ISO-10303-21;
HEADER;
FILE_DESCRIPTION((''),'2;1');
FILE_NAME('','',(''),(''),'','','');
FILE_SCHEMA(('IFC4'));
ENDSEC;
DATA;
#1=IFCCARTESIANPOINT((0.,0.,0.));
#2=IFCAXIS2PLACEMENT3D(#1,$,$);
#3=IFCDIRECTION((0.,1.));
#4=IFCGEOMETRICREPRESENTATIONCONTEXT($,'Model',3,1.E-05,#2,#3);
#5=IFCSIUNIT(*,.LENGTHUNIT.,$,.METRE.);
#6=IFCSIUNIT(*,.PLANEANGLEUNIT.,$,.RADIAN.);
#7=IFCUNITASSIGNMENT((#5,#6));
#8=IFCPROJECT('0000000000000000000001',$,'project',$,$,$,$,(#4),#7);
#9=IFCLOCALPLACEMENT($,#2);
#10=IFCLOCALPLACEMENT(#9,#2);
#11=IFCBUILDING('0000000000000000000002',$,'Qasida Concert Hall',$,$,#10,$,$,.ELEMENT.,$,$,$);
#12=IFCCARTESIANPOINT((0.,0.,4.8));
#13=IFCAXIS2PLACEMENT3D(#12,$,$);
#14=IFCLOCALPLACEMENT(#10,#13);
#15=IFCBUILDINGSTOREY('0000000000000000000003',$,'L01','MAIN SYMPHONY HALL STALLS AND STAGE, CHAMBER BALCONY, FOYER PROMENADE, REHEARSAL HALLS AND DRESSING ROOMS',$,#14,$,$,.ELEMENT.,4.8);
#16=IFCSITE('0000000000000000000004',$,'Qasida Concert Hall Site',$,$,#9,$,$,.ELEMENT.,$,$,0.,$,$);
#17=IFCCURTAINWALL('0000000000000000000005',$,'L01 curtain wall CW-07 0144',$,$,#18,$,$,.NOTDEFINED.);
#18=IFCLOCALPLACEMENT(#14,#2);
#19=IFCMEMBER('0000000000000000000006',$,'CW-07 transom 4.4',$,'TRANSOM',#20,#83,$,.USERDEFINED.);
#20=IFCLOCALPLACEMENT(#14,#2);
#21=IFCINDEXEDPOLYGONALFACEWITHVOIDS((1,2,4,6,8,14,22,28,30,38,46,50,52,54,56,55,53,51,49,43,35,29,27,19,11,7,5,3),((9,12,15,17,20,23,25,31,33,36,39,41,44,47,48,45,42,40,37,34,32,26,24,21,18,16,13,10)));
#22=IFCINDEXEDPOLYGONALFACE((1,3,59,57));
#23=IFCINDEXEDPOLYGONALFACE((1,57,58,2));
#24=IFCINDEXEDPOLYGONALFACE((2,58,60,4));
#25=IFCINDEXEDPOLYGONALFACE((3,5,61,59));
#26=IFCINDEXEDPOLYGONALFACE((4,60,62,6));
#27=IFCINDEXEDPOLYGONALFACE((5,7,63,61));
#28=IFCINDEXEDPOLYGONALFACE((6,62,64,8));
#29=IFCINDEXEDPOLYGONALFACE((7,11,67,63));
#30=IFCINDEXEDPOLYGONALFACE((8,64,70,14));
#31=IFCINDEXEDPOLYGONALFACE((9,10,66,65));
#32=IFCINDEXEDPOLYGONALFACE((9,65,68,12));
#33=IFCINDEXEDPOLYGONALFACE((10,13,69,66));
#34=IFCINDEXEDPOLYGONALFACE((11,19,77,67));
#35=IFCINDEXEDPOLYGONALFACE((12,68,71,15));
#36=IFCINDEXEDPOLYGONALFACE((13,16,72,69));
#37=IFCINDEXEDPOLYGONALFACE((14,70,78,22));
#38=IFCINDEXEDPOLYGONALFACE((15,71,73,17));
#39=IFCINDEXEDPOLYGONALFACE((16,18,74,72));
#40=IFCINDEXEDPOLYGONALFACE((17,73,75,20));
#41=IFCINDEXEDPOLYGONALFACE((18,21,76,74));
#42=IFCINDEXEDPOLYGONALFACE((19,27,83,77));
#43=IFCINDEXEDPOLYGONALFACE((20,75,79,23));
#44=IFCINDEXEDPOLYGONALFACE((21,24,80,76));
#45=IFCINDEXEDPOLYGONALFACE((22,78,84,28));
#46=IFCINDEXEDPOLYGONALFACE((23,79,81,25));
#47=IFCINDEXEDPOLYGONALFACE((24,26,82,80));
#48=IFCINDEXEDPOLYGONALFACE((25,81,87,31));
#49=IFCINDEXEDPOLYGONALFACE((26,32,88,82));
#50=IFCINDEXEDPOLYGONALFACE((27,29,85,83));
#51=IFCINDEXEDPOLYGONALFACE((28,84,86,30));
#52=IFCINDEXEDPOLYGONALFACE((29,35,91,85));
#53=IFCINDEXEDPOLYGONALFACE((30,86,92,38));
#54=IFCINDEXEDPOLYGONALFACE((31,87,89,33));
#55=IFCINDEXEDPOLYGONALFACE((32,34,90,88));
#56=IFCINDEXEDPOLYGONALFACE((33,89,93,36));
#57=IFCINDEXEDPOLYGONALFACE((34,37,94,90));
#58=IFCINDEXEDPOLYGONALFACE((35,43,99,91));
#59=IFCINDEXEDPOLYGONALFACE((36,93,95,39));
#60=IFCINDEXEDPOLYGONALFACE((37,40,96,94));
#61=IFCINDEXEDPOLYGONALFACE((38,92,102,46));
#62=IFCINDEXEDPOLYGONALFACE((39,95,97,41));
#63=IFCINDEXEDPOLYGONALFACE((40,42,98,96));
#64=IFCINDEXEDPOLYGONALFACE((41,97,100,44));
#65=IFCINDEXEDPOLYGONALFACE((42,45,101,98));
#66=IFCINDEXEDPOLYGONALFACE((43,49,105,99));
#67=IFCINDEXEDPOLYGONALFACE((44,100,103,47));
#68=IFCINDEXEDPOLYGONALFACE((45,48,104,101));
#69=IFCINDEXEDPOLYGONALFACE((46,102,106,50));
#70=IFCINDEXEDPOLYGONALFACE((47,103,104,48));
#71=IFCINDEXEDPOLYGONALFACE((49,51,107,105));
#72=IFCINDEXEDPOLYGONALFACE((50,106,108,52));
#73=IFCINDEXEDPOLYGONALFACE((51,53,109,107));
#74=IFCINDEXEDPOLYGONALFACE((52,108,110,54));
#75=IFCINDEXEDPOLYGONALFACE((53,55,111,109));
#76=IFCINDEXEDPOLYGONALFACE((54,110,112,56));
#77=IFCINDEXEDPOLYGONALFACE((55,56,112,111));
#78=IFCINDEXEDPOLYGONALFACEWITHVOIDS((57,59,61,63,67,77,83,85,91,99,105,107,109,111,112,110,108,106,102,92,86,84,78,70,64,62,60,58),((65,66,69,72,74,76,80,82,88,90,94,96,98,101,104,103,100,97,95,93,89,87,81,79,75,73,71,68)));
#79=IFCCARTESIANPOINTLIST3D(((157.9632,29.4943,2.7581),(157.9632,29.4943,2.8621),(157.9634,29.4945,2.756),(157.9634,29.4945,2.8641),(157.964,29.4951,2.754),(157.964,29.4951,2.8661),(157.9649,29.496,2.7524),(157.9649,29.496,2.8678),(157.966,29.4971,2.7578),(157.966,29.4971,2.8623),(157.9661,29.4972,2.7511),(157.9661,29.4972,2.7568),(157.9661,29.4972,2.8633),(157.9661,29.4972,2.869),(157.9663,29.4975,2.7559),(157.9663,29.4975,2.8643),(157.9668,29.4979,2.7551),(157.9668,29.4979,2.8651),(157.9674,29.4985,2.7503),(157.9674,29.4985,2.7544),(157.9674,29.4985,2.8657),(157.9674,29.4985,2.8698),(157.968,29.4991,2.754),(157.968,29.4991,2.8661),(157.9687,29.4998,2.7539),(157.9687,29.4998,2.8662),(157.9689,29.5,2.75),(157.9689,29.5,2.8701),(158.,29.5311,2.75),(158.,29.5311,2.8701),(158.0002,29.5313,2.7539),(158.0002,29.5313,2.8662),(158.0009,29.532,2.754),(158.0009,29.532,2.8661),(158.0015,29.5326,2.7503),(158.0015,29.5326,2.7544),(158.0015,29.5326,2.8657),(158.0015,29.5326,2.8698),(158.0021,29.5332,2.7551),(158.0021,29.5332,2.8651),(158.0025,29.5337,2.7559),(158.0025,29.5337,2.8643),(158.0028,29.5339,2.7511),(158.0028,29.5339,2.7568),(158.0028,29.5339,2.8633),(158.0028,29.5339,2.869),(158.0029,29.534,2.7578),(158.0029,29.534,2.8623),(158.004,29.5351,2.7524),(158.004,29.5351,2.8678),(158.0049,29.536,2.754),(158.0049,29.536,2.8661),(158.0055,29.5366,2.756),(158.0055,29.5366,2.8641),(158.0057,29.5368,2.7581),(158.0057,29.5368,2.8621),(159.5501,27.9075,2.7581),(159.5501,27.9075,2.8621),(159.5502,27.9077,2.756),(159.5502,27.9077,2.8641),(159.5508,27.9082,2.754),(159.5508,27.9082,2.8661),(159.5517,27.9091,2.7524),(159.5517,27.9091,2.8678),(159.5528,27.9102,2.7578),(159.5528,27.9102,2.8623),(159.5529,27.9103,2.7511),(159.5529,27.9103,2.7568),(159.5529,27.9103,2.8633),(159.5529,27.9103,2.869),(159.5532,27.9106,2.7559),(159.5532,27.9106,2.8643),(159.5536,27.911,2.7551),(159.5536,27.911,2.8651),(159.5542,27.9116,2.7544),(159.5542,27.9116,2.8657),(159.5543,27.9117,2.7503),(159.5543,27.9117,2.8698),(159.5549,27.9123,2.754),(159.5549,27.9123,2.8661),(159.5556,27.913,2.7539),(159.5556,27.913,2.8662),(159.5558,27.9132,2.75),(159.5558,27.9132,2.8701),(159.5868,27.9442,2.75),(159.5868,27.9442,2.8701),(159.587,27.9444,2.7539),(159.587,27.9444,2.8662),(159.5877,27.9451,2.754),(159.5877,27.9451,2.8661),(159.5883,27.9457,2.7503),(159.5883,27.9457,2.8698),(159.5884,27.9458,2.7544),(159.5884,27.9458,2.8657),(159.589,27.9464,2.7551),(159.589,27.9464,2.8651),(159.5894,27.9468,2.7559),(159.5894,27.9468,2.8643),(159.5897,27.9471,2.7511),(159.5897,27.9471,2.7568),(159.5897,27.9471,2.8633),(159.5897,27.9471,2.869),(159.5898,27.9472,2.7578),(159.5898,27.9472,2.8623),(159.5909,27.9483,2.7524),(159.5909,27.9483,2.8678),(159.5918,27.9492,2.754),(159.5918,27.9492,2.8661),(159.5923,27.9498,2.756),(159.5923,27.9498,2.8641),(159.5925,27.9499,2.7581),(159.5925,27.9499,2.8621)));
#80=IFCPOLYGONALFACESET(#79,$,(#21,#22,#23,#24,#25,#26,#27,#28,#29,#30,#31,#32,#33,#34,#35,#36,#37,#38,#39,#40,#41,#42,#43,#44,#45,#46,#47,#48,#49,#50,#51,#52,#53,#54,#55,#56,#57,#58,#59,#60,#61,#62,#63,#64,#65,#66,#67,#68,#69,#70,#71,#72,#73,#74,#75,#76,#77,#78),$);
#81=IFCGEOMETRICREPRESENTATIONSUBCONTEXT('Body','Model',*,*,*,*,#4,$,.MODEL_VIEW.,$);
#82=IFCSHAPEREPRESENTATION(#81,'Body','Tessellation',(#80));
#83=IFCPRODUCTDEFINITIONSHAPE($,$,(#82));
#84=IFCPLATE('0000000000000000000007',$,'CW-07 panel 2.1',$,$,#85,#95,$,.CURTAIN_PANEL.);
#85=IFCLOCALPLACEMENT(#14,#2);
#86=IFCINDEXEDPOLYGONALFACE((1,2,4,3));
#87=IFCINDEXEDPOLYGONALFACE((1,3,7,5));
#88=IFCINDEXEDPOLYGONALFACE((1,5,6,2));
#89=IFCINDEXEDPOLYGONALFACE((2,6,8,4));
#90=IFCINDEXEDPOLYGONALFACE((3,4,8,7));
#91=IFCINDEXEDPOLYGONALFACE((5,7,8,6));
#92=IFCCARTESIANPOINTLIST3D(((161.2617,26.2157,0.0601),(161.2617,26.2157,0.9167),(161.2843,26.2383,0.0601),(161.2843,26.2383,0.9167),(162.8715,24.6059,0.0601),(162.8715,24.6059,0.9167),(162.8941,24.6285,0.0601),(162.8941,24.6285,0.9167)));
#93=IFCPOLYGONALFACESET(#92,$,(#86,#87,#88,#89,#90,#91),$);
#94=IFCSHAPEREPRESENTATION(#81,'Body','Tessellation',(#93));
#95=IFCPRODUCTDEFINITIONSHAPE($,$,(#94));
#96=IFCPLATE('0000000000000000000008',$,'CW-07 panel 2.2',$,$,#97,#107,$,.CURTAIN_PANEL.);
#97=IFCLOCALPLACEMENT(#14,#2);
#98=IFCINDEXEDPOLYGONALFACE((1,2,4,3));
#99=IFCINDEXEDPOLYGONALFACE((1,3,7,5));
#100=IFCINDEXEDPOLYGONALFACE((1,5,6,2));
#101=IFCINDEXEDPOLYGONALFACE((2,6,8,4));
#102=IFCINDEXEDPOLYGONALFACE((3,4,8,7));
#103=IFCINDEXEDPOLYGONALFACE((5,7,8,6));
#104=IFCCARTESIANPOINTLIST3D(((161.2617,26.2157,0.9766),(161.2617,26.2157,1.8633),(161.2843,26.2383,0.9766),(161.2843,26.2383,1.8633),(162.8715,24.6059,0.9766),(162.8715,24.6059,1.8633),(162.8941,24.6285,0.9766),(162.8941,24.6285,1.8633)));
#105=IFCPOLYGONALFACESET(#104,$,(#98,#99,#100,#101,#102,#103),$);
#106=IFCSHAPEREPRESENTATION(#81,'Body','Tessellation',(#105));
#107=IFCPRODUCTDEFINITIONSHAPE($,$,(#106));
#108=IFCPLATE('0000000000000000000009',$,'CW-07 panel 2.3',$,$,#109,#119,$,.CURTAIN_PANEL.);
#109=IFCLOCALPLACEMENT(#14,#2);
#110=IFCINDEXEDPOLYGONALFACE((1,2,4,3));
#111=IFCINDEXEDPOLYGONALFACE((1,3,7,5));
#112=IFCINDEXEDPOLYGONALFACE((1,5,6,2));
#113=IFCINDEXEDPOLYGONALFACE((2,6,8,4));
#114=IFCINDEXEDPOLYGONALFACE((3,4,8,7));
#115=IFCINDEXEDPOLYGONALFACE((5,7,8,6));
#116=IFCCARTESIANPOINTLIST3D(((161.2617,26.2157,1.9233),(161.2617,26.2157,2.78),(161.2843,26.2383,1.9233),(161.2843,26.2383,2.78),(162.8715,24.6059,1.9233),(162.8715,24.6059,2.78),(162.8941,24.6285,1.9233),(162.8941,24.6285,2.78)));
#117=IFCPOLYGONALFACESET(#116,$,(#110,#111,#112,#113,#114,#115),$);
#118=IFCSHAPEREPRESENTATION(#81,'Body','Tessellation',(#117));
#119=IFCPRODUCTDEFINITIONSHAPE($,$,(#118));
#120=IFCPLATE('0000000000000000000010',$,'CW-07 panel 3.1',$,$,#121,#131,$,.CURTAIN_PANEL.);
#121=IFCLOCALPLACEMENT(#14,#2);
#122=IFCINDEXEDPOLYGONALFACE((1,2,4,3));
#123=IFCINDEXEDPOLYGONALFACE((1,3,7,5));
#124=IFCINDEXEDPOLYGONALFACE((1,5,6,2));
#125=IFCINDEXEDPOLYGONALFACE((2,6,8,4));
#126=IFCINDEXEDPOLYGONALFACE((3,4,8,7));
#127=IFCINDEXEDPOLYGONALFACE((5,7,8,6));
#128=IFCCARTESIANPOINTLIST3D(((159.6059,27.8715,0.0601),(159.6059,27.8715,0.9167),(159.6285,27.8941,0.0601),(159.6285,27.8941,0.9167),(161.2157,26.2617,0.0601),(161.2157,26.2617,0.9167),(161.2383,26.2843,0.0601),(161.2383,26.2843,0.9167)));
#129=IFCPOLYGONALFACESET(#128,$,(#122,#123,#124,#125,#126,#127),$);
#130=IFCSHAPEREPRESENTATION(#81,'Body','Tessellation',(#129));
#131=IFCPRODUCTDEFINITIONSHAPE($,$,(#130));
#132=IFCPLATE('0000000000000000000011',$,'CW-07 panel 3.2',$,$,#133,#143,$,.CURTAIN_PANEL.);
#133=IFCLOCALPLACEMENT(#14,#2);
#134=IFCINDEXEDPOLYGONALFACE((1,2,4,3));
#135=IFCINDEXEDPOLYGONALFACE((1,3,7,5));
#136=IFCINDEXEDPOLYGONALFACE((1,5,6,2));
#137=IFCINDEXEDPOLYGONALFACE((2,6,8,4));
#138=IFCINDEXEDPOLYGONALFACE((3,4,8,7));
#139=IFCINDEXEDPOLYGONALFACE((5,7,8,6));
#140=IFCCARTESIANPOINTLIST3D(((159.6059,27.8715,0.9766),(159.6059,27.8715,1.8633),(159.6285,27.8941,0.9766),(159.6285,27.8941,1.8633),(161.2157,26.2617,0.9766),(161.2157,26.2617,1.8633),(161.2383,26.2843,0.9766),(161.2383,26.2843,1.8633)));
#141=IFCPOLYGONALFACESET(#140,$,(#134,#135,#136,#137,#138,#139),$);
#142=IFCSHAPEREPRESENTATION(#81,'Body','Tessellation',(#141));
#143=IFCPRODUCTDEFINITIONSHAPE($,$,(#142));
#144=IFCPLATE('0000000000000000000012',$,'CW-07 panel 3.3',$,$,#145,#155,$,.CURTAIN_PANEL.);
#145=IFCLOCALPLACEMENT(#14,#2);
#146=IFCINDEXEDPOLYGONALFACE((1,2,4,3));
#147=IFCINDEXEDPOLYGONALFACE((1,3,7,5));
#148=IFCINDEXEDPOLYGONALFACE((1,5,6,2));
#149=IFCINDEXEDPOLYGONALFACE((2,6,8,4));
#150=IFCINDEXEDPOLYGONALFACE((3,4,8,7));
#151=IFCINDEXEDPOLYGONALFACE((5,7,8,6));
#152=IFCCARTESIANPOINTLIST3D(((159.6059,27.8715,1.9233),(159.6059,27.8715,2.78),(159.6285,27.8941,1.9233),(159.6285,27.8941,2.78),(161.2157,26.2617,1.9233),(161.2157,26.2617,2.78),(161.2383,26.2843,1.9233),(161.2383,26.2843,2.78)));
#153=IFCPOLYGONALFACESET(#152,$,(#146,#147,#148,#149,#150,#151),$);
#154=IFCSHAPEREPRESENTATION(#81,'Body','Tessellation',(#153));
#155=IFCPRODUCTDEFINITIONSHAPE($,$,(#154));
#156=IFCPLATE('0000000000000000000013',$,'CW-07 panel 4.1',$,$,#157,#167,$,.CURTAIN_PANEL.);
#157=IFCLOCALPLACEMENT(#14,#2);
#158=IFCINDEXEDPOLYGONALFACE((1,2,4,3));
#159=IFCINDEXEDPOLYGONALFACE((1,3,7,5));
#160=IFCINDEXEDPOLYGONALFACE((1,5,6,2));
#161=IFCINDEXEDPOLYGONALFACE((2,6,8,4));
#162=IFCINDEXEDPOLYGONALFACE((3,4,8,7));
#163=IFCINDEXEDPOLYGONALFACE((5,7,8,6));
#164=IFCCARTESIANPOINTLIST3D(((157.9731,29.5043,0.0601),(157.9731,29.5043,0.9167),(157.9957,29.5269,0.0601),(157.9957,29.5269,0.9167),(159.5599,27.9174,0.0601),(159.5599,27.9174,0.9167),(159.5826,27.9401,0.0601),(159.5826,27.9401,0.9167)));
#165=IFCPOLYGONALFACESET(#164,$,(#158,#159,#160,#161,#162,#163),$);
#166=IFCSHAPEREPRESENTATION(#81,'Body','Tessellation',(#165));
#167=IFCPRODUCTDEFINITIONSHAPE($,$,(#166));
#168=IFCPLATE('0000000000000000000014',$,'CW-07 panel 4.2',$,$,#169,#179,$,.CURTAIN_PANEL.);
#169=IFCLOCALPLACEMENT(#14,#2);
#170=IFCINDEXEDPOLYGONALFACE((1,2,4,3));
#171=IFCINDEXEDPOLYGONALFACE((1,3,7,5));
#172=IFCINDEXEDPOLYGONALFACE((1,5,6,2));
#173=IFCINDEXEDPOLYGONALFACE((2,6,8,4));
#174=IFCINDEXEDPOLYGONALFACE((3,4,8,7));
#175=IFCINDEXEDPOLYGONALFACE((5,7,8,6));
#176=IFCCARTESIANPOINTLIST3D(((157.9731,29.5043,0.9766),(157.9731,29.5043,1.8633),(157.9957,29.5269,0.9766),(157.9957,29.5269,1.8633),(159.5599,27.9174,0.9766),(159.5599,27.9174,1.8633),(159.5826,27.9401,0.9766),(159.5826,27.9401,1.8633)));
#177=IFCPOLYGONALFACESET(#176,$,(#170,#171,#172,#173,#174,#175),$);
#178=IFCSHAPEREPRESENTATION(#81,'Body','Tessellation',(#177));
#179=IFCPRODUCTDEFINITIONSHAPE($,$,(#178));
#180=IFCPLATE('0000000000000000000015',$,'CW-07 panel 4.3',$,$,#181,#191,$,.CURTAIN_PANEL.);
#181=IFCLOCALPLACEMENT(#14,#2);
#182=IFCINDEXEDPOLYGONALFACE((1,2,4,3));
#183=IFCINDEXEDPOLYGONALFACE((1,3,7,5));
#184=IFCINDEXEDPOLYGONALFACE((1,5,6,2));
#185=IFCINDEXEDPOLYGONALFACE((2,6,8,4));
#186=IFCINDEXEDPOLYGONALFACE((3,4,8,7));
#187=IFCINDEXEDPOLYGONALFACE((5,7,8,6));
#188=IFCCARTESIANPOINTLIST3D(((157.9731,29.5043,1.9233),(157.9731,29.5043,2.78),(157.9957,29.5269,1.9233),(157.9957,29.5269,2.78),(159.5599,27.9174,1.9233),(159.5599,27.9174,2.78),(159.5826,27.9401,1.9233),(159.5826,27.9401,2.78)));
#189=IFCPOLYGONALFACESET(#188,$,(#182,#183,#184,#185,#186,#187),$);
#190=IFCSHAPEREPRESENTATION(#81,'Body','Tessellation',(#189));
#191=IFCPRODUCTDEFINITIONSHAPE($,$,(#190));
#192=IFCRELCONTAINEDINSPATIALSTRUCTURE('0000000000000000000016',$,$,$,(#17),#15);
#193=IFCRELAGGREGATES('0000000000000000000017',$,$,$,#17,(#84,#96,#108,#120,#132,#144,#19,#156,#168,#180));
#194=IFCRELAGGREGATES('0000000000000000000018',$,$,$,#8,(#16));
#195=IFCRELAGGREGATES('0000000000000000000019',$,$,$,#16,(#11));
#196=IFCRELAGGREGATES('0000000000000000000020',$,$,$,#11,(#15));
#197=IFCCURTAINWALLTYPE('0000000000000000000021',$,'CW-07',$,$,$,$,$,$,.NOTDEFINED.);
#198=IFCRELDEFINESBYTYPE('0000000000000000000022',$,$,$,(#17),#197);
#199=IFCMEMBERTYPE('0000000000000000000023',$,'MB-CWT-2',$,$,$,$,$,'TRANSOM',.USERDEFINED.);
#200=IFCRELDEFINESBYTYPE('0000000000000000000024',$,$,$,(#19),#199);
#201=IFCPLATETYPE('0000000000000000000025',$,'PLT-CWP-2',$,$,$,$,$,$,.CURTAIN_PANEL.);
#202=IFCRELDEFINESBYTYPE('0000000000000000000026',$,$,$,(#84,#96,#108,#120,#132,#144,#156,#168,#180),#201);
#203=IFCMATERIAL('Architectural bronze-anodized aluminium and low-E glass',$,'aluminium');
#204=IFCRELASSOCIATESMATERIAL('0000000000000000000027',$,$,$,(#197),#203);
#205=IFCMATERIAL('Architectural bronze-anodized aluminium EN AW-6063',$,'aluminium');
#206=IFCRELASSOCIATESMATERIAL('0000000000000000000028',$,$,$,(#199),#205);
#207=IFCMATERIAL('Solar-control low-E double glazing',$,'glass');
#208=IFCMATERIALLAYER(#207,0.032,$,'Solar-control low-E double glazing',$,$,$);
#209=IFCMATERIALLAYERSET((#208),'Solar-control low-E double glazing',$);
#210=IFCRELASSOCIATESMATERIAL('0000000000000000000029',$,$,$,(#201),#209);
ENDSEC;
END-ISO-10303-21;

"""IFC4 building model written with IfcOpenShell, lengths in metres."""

from ifc_helpers import new_model, si_unit, direction, frame, origin, origin_2d, place, context, subcontext, project, spatial, rectangle, hollow_rectangle, extrude, material, layer, layer_set, material_profile, profile_set, type_object, element, aggregate, save


model = new_model("IFC4")

# Units and contexts
model_context = context("Model", 3, precision=1e-05, world=origin(), true_north=direction((0.0, 1.0)))
body_context = subcontext(model_context, "Body", "Model", "MODEL_VIEW")
ifc_project = project(units=[si_unit("LENGTHUNIT", "METRE"), si_unit("PLANEANGLEUNIT", "RADIAN")], contexts=[model_context])

# Site, building, storey
site_placement = place(None, origin())
site = spatial("IfcSite", under=ifc_project, at=site_placement, Name="Qasida Concert Hall Site", CompositionType="ELEMENT", RefElevation=0.0)
building_placement = place(site_placement, origin())
building = spatial("IfcBuilding", under=site, at=building_placement, Name="Qasida Concert Hall", CompositionType="ELEMENT")
storey_placement = place(building_placement, frame((0.0, 0.0, 4.8)))
storey = spatial("IfcBuildingStorey", under=building, at=storey_placement, Name="L01", Description="MAIN SYMPHONY HALL STALLS AND STAGE, CHAMBER BALCONY, FOYER PROMENADE, REHEARSAL HALLS AND DRESSING ROOMS", CompositionType="ELEMENT", Elevation=4.8)

# Curtain wall, member, plates
ifc_material_1 = material(Name="Architectural bronze-anodized aluminium and low-E glass", Category="aluminium")
curtain_wall_type = type_object("IfcCurtainWallType", Name="CW-07", PredefinedType="NOTDEFINED", material=ifc_material_1)
curtain_wall_placement = place(storey_placement, origin())
curtain_wall = element("IfcCurtainWall", 1, at=curtain_wall_placement, inside=storey, type_object=curtain_wall_type, Name="L01 curtain wall CW-07 0144", PredefinedType="NOTDEFINED")
ifc_material_2 = material(Name="Architectural bronze-anodized aluminium EN AW-6063", Category="aluminium")
ifc_material_profile_1 = material_profile(ifc_material_2, hollow_rectangle(XDim=0.0601, YDim=0.1201, WallThickness=0.0039, InnerFilletRadius=0.0039, OuterFilletRadius=0.0081, at=origin_2d()), Name="CWT 120x60x4")
ifc_profile_set_1 = profile_set([ifc_material_profile_1], Name="Architectural bronze-anodized aluminium EN AW-6063")
member_type_1 = type_object("IfcMemberType", Name="MB-CWT-2", ElementType="TRANSOM", PredefinedType="USERDEFINED", material=ifc_profile_set_1)
member_1_placement = place(storey_placement, frame((159.5713, 27.9287, 2.8101), z_axis=(-0.707107, 0.707107, 0.0), x_axis=(-0.707107, -0.707107, 0.0)))
member_1 = element("IfcMember", 2, at=member_1_placement, type_object=member_type_1, Name="CW-07 transom 4.4", ObjectType="TRANSOM", PredefinedType="USERDEFINED", context=body_context, shape_type="SweptSolid", body=[
    extrude(hollow_rectangle(XDim=0.0601, YDim=0.1201, WallThickness=0.0039, InnerFilletRadius=0.0039, OuterFilletRadius=0.0081, at=origin_2d()), origin(), (0.0, 0.0, 1.0), 2.2441),
])
ifc_material_3 = material(Name="Solar-control low-E double glazing", Category="glass")
ifc_layer_1 = layer(ifc_material_3, 0.032, Name="Solar-control low-E double glazing")
ifc_layer_set_1 = layer_set([ifc_layer_1], Name="Solar-control low-E double glazing")
plate_type = type_object("IfcPlateType", Name="PLT-CWP-2", PredefinedType="CURTAIN_PANEL", material=ifc_layer_set_1)
plate_1_placement = place(storey_placement, frame((162.0779, 25.4221, 0.0601), z_axis=(0.0, 0.0, 1.0), x_axis=(-0.707107, 0.707107, 0.0)))
plate_1 = element("IfcPlate", 3, at=plate_1_placement, type_object=plate_type, Name="CW-07 panel 2.1", PredefinedType="CURTAIN_PANEL", context=body_context, shape_type="SweptSolid", body=[
    extrude(rectangle(XDim=2.2766, YDim=0.032, at=origin_2d()), origin(), (0.0, 0.0, 1.0), 0.8567),
])
plate_2_placement = place(storey_placement, frame((162.0779, 25.4221, 0.9766), z_axis=(0.0, 0.0, 1.0), x_axis=(-0.707107, 0.707107, 0.0)))
plate_2 = element("IfcPlate", 4, at=plate_2_placement, type_object=plate_type, Name="CW-07 panel 2.2", PredefinedType="CURTAIN_PANEL", context=body_context, shape_type="SweptSolid", body=[
    extrude(rectangle(XDim=2.2766, YDim=0.032, at=origin_2d()), origin(), (0.0, 0.0, 1.0), 0.8867),
])
plate_3_placement = place(storey_placement, frame((162.0779, 25.4221, 1.9233), z_axis=(0.0, 0.0, 1.0), x_axis=(-0.707107, 0.707107, 0.0)))
plate_3 = element("IfcPlate", 5, at=plate_3_placement, type_object=plate_type, Name="CW-07 panel 2.3", PredefinedType="CURTAIN_PANEL", context=body_context, shape_type="SweptSolid", body=[
    extrude(rectangle(XDim=2.2766, YDim=0.032, at=origin_2d()), origin(), (0.0, 0.0, 1.0), 0.8567),
])
plate_4_placement = place(storey_placement, frame((160.4221, 27.0779, 0.0601), z_axis=(0.0, 0.0, 1.0), x_axis=(-0.707107, 0.707107, 0.0)))
plate_4 = element("IfcPlate", 6, at=plate_4_placement, type_object=plate_type, Name="CW-07 panel 3.1", PredefinedType="CURTAIN_PANEL", context=body_context, shape_type="SweptSolid", body=[
    extrude(rectangle(XDim=2.2766, YDim=0.032, at=origin_2d()), origin(), (0.0, 0.0, 1.0), 0.8567),
])
plate_5_placement = place(storey_placement, frame((160.4221, 27.0779, 0.9766), z_axis=(0.0, 0.0, 1.0), x_axis=(-0.707107, 0.707107, 0.0)))
plate_5 = element("IfcPlate", 7, at=plate_5_placement, type_object=plate_type, Name="CW-07 panel 3.2", PredefinedType="CURTAIN_PANEL", context=body_context, shape_type="SweptSolid", body=[
    extrude(rectangle(XDim=2.2766, YDim=0.032, at=origin_2d()), origin(), (0.0, 0.0, 1.0), 0.8867),
])
plate_6_placement = place(storey_placement, frame((160.4221, 27.0779, 1.9233), z_axis=(0.0, 0.0, 1.0), x_axis=(-0.707107, 0.707107, 0.0)))
plate_6 = element("IfcPlate", 8, at=plate_6_placement, type_object=plate_type, Name="CW-07 panel 3.3", PredefinedType="CURTAIN_PANEL", context=body_context, shape_type="SweptSolid", body=[
    extrude(rectangle(XDim=2.2766, YDim=0.032, at=origin_2d()), origin(), (0.0, 0.0, 1.0), 0.8567),
])
plate_7_placement = place(storey_placement, frame((158.7778, 28.7222, 0.0601), z_axis=(0.0, 0.0, 1.0), x_axis=(-0.707107, 0.707107, 0.0)))
plate_7 = element("IfcPlate", 9, at=plate_7_placement, type_object=plate_type, Name="CW-07 panel 4.1", PredefinedType="CURTAIN_PANEL", context=body_context, shape_type="SweptSolid", body=[
    extrude(rectangle(XDim=2.2441, YDim=0.032, at=origin_2d()), origin(), (0.0, 0.0, 1.0), 0.8567),
])
plate_8_placement = place(storey_placement, frame((158.7778, 28.7222, 0.9766), z_axis=(0.0, 0.0, 1.0), x_axis=(-0.707107, 0.707107, 0.0)))
plate_8 = element("IfcPlate", 10, at=plate_8_placement, type_object=plate_type, Name="CW-07 panel 4.2", PredefinedType="CURTAIN_PANEL", context=body_context, shape_type="SweptSolid", body=[
    extrude(rectangle(XDim=2.2441, YDim=0.032, at=origin_2d()), origin(), (0.0, 0.0, 1.0), 0.8867),
])
plate_9_placement = place(storey_placement, frame((158.7778, 28.7222, 1.9233), z_axis=(0.0, 0.0, 1.0), x_axis=(-0.707107, 0.707107, 0.0)))
plate_9 = element("IfcPlate", 11, at=plate_9_placement, type_object=plate_type, Name="CW-07 panel 4.3", PredefinedType="CURTAIN_PANEL", context=body_context, shape_type="SweptSolid", body=[
    extrude(rectangle(XDim=2.2441, YDim=0.032, at=origin_2d()), origin(), (0.0, 0.0, 1.0), 0.8567),
])
aggregate(curtain_wall, [plate_1, plate_2, plate_3, plate_4, plate_5, plate_6, member_1, plate_7, plate_8, plate_9])

save(model, "model.ifc")
